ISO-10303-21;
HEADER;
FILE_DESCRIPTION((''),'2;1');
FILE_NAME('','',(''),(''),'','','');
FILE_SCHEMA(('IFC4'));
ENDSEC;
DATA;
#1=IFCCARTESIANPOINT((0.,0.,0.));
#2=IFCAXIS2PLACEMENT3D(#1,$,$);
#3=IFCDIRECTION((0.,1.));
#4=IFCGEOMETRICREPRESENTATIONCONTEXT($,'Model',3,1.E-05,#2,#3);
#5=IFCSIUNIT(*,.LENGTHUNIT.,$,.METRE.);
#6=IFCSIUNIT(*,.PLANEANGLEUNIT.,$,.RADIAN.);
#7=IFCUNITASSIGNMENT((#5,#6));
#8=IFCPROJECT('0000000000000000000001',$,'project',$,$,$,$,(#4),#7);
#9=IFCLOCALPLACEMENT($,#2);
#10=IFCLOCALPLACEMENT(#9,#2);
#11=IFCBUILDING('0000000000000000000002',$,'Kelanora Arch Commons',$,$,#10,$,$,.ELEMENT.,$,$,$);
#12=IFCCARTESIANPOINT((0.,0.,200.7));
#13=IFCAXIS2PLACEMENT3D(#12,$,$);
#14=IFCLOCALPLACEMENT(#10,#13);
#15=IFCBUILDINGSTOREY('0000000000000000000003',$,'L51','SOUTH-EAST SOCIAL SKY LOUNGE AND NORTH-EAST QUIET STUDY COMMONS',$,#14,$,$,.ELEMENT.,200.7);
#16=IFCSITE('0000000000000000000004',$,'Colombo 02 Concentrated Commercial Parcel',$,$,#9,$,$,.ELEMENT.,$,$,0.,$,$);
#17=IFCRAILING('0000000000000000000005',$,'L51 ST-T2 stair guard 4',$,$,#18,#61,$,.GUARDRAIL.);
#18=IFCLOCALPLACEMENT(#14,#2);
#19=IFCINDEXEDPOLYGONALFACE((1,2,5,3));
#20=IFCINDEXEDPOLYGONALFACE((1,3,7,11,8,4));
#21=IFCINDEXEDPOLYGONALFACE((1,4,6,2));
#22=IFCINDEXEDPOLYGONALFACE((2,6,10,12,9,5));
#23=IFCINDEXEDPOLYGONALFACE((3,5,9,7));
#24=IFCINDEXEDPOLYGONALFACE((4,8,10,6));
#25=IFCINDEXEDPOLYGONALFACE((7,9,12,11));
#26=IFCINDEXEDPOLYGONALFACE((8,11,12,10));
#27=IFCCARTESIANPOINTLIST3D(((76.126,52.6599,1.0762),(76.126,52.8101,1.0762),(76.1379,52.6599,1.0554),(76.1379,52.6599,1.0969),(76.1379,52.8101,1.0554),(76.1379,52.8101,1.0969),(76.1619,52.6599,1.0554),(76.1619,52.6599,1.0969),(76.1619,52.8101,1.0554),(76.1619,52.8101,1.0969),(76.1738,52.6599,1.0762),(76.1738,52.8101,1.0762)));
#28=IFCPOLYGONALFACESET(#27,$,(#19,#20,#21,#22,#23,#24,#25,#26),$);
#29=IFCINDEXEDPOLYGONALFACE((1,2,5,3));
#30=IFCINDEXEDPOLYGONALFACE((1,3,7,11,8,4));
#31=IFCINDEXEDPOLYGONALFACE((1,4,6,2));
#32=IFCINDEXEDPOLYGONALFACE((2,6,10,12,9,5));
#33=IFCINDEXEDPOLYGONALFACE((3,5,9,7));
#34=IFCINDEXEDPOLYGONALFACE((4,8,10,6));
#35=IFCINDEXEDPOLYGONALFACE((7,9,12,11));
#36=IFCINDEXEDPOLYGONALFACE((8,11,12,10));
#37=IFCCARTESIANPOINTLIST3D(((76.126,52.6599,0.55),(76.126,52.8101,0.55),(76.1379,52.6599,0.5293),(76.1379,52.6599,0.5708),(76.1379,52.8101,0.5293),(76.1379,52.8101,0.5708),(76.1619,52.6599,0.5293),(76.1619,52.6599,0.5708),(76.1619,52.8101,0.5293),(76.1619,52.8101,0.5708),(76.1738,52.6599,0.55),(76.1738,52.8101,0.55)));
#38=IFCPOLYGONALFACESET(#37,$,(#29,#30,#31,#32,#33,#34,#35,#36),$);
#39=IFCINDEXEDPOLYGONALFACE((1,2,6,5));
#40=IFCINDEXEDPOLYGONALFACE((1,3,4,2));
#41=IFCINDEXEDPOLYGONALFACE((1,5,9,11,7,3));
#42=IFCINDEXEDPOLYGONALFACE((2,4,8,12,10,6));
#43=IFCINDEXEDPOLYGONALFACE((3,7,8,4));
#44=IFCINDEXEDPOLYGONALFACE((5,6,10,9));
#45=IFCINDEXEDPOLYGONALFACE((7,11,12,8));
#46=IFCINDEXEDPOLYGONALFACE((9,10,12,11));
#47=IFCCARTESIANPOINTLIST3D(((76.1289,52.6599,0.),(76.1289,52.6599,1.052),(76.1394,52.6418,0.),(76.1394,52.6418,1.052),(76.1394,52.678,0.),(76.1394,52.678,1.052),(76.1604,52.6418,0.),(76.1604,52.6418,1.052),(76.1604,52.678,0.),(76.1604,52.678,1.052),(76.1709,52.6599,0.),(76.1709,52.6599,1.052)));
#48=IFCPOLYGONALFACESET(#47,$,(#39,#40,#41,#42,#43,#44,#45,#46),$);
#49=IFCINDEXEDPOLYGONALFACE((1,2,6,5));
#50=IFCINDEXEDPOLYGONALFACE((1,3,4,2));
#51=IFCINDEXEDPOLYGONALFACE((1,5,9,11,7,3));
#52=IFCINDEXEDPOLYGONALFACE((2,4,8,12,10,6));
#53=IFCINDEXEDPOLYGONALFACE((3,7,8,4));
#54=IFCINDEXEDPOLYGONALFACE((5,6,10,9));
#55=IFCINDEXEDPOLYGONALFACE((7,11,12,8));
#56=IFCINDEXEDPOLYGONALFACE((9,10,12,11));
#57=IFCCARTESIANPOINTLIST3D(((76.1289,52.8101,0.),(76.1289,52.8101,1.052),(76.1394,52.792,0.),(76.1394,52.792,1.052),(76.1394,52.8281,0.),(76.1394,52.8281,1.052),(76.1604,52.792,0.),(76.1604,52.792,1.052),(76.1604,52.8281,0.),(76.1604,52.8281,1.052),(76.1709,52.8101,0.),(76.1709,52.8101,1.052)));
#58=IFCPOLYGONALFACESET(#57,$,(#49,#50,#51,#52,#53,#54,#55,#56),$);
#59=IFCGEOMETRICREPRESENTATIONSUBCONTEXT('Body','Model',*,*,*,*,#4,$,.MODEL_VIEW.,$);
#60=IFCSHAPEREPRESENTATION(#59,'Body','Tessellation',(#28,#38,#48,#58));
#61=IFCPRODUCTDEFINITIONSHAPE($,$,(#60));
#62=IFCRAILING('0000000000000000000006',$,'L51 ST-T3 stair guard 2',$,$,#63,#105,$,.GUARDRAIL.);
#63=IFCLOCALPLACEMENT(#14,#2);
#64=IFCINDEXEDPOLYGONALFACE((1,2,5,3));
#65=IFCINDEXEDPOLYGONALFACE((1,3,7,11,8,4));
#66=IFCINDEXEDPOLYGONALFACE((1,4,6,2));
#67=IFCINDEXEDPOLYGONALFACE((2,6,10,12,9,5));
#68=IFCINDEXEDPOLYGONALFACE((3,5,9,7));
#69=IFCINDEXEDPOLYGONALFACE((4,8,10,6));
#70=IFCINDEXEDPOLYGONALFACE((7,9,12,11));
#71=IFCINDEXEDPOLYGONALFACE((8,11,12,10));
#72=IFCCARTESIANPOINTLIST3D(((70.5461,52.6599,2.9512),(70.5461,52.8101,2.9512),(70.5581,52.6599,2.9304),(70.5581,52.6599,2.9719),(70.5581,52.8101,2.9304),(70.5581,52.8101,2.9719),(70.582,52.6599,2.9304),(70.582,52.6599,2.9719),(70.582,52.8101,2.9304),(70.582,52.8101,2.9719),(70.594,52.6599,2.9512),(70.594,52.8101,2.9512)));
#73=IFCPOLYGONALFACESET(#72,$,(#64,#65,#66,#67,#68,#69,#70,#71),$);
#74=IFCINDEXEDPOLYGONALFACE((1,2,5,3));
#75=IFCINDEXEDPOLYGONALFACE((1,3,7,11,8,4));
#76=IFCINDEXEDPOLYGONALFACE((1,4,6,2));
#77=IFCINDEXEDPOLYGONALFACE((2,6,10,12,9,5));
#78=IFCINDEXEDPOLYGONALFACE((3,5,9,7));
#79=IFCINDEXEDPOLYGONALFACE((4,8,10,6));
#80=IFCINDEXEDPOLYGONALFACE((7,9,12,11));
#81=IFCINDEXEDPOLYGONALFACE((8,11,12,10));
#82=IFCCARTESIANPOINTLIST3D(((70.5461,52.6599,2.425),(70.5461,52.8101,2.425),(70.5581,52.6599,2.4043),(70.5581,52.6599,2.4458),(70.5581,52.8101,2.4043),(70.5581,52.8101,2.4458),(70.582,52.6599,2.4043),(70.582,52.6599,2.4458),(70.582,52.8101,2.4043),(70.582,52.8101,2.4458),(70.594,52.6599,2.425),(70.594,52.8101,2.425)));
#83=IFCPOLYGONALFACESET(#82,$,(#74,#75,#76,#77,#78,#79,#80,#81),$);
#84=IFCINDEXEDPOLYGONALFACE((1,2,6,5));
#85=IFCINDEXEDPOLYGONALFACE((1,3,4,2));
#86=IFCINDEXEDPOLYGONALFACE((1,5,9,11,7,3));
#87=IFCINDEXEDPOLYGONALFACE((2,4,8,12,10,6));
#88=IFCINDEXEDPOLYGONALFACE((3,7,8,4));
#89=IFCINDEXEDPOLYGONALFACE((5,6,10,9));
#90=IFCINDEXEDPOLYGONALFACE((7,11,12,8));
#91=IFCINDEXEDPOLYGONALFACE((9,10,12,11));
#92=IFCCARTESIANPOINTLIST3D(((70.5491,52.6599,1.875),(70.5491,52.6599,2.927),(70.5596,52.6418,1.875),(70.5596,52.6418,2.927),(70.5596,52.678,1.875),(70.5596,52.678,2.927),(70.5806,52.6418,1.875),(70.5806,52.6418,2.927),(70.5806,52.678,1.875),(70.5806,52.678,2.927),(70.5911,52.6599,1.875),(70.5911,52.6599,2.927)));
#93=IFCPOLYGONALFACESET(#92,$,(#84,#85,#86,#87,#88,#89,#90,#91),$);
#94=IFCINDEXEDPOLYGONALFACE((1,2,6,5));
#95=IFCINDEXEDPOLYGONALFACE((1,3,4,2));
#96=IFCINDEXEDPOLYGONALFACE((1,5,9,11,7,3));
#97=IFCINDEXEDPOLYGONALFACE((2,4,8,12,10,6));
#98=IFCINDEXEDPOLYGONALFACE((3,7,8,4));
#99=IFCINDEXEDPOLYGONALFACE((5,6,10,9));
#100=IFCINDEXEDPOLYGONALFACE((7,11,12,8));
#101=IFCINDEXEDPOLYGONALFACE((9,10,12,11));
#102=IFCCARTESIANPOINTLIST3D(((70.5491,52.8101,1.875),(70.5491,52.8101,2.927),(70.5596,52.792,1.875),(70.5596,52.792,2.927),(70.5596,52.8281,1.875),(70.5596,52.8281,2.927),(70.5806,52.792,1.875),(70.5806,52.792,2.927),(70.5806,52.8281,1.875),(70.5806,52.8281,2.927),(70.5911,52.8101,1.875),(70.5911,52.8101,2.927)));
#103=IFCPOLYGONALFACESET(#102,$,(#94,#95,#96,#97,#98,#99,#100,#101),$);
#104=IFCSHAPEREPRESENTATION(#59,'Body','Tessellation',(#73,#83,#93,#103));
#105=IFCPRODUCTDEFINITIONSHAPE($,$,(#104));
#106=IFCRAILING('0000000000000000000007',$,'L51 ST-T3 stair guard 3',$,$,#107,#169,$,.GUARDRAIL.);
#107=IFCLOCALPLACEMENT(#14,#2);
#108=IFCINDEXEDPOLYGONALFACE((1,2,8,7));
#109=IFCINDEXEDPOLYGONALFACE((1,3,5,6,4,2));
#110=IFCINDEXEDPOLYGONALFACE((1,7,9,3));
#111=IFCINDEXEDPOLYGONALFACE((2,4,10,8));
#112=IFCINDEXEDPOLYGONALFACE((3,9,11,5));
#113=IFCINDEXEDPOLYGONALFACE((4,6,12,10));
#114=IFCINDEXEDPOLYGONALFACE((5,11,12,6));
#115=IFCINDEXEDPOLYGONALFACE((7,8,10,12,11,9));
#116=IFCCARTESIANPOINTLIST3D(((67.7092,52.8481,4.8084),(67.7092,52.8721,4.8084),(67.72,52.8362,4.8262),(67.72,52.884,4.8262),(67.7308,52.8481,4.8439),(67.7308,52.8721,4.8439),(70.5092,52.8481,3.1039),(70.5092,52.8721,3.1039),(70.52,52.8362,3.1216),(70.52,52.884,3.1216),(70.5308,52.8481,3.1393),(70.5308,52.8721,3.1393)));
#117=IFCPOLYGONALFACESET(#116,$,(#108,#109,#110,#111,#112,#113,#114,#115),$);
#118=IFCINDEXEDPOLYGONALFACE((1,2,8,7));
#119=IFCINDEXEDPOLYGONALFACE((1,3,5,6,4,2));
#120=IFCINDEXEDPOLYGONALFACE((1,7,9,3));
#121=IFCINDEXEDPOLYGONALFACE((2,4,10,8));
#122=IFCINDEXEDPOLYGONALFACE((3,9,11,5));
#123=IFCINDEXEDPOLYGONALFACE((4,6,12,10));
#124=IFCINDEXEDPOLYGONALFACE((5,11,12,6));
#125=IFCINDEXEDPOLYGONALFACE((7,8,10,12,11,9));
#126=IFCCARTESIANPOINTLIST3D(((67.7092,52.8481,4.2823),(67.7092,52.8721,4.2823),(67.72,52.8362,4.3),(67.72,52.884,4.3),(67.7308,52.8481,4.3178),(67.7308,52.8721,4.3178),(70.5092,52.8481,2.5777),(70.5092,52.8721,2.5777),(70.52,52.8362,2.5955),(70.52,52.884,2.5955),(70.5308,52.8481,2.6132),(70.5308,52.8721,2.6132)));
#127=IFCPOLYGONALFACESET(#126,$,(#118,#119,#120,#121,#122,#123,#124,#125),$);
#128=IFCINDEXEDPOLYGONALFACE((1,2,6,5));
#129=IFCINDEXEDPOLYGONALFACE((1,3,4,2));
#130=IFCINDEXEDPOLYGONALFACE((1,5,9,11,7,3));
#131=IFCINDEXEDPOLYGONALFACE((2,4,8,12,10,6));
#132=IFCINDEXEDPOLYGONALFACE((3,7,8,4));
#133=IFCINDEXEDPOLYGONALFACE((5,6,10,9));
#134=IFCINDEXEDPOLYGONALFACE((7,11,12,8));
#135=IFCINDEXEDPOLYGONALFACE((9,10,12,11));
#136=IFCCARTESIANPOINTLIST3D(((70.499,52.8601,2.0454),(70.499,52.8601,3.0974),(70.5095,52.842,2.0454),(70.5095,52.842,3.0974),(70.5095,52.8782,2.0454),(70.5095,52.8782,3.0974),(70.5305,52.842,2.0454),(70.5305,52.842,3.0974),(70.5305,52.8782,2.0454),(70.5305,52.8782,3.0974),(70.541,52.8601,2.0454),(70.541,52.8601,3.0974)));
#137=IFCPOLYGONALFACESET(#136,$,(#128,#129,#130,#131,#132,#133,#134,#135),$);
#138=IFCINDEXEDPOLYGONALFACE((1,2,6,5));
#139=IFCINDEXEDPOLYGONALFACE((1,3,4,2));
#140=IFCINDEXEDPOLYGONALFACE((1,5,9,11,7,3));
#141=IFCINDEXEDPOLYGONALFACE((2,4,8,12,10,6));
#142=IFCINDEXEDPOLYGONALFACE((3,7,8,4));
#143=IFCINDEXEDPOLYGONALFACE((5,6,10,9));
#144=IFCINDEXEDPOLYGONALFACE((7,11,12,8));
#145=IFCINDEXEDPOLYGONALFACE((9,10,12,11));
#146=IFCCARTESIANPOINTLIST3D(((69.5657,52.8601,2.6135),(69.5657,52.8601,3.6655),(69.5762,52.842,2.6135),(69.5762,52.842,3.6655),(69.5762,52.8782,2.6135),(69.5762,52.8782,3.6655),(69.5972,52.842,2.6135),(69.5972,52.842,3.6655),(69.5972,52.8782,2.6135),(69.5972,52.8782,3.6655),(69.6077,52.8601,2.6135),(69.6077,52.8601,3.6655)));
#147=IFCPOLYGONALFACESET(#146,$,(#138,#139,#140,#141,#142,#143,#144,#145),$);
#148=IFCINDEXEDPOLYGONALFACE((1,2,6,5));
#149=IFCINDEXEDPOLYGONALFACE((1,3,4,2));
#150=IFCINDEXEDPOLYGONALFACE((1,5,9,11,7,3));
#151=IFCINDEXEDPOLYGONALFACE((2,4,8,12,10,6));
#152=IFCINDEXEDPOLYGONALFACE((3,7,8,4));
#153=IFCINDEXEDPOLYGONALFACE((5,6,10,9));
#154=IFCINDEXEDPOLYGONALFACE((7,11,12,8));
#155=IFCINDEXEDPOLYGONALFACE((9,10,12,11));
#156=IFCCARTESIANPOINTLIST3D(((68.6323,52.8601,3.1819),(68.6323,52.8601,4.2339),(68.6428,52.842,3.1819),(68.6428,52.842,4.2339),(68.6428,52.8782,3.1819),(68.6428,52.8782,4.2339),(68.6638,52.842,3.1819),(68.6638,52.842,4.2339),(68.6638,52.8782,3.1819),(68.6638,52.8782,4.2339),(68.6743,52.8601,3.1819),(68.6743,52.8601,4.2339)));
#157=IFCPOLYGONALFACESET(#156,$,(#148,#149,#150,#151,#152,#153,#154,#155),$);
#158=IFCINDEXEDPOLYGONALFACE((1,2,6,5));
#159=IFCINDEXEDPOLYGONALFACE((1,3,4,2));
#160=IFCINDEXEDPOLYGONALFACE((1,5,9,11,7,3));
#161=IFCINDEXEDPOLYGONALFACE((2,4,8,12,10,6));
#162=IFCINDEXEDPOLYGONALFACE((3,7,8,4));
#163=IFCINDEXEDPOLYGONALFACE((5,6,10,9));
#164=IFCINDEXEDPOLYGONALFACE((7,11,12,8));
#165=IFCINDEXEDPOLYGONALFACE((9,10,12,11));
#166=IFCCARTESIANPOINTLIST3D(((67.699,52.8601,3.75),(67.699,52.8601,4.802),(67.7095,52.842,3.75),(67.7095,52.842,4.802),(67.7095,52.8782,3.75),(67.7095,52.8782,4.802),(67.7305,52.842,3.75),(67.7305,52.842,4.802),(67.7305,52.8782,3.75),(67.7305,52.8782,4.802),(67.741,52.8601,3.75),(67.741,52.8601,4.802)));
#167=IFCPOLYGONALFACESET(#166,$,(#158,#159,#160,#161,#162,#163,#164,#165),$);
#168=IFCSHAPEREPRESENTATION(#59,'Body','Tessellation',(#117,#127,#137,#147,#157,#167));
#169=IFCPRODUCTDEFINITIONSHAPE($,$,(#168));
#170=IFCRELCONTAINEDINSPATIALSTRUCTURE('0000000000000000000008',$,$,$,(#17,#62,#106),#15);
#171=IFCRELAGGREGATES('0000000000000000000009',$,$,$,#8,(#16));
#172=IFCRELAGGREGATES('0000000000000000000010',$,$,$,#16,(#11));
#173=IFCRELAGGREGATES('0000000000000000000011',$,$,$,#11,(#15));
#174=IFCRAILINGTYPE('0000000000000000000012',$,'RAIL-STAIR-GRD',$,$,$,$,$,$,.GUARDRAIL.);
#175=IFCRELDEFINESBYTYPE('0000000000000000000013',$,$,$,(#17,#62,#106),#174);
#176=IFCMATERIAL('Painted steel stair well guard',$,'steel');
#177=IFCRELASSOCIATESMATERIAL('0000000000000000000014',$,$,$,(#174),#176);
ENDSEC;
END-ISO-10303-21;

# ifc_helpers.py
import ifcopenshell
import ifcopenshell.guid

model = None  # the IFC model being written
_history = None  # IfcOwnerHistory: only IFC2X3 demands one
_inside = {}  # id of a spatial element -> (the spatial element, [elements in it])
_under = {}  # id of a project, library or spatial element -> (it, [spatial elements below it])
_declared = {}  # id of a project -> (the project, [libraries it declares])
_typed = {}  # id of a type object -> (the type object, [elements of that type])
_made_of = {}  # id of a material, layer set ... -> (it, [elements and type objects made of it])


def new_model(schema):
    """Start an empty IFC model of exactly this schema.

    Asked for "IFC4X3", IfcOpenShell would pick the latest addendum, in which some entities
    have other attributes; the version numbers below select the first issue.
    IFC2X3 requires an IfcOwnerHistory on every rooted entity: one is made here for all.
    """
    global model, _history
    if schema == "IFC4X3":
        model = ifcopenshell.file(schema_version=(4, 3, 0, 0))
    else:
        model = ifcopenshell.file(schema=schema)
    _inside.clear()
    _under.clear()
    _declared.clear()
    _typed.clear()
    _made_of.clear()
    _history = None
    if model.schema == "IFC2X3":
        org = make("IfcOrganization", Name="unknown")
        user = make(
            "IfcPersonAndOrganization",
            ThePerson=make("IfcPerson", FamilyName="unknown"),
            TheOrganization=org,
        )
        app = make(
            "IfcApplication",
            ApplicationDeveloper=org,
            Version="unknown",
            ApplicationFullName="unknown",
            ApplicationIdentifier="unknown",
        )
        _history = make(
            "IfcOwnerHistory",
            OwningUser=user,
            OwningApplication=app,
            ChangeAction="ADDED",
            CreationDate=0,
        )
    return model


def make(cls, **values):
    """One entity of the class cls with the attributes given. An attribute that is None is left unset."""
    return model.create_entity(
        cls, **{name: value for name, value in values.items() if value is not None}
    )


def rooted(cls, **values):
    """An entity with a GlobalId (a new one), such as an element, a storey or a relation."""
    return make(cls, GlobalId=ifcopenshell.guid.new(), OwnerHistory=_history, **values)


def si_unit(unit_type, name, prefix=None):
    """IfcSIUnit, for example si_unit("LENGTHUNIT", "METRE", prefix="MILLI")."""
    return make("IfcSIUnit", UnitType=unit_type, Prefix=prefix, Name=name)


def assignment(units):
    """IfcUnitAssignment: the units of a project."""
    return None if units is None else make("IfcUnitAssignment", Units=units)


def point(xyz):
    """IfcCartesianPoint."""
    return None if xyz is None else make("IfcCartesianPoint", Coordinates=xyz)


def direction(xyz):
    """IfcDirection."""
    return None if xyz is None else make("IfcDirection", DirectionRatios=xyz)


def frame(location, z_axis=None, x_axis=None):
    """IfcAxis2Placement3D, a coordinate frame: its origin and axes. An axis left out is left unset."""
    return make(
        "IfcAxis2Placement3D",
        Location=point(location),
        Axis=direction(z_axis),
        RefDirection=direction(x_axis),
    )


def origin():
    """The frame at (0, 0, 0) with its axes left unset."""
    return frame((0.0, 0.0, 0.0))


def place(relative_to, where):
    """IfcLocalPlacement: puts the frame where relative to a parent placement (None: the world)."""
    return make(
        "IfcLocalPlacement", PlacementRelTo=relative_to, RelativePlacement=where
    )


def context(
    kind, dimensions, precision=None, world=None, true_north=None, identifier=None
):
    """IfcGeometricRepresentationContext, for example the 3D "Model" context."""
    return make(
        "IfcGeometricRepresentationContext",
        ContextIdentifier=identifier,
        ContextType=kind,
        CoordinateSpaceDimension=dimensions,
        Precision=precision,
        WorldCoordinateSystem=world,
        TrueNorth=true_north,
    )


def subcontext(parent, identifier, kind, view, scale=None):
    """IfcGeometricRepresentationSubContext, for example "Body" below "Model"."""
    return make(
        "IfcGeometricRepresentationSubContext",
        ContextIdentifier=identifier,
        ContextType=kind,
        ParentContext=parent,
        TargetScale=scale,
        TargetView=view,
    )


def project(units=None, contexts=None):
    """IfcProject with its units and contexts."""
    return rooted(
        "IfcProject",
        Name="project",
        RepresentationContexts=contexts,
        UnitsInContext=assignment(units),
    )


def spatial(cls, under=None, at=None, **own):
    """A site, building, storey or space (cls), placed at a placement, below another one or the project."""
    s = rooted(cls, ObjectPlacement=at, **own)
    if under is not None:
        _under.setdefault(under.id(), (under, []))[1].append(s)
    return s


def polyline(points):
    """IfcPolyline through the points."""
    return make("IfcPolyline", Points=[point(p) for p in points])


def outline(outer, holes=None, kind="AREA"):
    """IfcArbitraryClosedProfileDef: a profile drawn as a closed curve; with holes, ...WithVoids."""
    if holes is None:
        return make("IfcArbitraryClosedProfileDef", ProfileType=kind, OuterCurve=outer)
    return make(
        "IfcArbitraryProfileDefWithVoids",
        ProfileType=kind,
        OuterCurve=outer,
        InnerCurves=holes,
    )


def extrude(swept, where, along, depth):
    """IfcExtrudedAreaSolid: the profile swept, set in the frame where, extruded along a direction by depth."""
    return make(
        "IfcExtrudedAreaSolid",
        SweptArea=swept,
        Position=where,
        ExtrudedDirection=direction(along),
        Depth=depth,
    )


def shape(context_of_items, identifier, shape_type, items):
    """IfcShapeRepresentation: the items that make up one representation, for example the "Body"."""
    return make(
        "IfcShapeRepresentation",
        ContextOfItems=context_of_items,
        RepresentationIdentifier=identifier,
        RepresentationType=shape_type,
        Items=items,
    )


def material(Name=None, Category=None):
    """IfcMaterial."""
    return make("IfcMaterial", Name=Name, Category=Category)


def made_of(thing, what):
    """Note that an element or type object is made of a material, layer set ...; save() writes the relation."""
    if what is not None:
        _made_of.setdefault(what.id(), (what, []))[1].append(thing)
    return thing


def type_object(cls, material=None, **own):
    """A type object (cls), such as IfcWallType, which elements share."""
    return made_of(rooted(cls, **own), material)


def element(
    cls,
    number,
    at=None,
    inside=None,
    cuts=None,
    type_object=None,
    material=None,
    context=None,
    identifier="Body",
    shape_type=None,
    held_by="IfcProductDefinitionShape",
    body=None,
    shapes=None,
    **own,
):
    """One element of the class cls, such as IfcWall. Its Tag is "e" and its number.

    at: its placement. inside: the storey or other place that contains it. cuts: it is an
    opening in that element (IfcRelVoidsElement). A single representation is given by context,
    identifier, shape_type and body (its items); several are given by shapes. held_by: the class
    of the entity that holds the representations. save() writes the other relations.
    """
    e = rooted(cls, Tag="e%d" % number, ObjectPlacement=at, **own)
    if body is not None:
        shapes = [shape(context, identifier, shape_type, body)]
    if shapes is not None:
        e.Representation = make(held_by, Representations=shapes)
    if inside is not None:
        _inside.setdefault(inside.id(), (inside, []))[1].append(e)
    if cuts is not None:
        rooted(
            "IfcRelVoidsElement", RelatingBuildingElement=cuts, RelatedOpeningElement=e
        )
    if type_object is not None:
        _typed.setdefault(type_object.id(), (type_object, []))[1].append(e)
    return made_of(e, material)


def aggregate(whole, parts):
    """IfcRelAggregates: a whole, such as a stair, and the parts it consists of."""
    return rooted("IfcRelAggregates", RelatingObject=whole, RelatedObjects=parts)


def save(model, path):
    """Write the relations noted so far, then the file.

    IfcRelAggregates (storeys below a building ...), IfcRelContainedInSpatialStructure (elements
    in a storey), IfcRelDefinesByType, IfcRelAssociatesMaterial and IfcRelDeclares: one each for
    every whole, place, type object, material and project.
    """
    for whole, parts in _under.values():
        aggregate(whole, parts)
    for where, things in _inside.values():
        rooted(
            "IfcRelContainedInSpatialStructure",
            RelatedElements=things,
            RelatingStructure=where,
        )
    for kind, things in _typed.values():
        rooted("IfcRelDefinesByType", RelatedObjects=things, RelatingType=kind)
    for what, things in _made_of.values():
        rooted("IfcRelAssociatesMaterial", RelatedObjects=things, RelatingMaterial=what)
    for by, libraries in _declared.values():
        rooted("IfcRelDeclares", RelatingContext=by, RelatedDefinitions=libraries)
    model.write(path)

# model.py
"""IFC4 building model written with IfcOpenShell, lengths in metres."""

from ifc_helpers import new_model, si_unit, direction, frame, origin, place, context, subcontext, project, spatial, polyline, outline, extrude, material, type_object, element, save


model = new_model("IFC4")

# Units and contexts
model_context = context("Model", 3, precision=1e-05, world=origin(), true_north=direction((0.0, 1.0)))
body_context = subcontext(model_context, "Body", "Model", "MODEL_VIEW")
ifc_project = project(units=[si_unit("LENGTHUNIT", "METRE"), si_unit("PLANEANGLEUNIT", "RADIAN")], contexts=[model_context])

# Site, building, storey
site_placement = place(None, origin())
site = spatial("IfcSite", under=ifc_project, at=site_placement, Name="Colombo 02 Concentrated Commercial Parcel", CompositionType="ELEMENT", RefElevation=0.0)
building_placement = place(site_placement, origin())
building = spatial("IfcBuilding", under=site, at=building_placement, Name="Kelanora Arch Commons", CompositionType="ELEMENT")
storey_placement = place(building_placement, frame((0.0, 0.0, 200.7)))
storey = spatial("IfcBuildingStorey", under=building, at=storey_placement, Name="L51", Description="SOUTH-EAST SOCIAL SKY LOUNGE AND NORTH-EAST QUIET STUDY COMMONS", CompositionType="ELEMENT", Elevation=200.7)

# Railings
ifc_material_1 = material(Name="Painted steel stair well guard", Category="steel")
railing_type_1 = type_object("IfcRailingType", Name="RAIL-STAIR-GRD", PredefinedType="GUARDRAIL", material=ifc_material_1)
for number, where, name in (
    (1, (76.1499, 52.6599, 0.0), "L51 ST-T2 stair guard 4"),
    (2, (70.5701, 52.6599, 1.875), "L51 ST-T3 stair guard 2"),
):
    element("IfcRailing", number, at=place(storey_placement, frame(where)), inside=storey, type_object=railing_type_1, Name=name, PredefinedType="GUARDRAIL", context=body_context, shape_type="SweptSolid", body=[
        extrude(outline(polyline([(0.0239, 0.0), (0.012, 0.0208), (-0.012, 0.0208), (-0.0239, 0.0), (-0.012, -0.0208), (0.012, -0.0208), (0.0239, 0.0)])), frame((0.0, 0.0, 1.0762), z_axis=(0.0, 1.0, 0.0), x_axis=(-1.0, 0.0, 0.0)), (0.0, 0.0, 1.0), 0.1501),
        extrude(outline(polyline([(0.0239, 0.0), (0.012, 0.0208), (-0.012, 0.0208), (-0.0239, 0.0), (-0.012, -0.0208), (0.012, -0.0208), (0.0239, 0.0)])), frame((0.0, 0.0, 0.55), z_axis=(0.0, 1.0, 0.0), x_axis=(-1.0, 0.0, 0.0)), (0.0, 0.0, 1.0), 0.1501),
        extrude(outline(polyline([(0.021, 0.0), (0.0105, 0.0181), (-0.0105, 0.0181), (-0.021, 0.0), (-0.0105, -0.0181), (0.0105, -0.0181), (0.021, 0.0)])), origin(), (0.0, 0.0, 1.0), 1.052),
        extrude(outline(polyline([(0.021, 0.0), (0.0105, 0.0181), (-0.0105, 0.0181), (-0.021, 0.0), (-0.0105, -0.0181), (0.0105, -0.0181), (0.021, 0.0)])), frame((0.0, 0.1501, 0.0)), (0.0, 0.0, 1.0), 1.052),
    ])
railing_1_placement = place(storey_placement, frame((70.52, 52.8601, 2.0454)))
element("IfcRailing", 3, at=railing_1_placement, inside=storey, type_object=railing_type_1, Name="L51 ST-T3 stair guard 3", PredefinedType="GUARDRAIL", context=body_context, shape_type="SweptSolid", body=[
    extrude(outline(polyline([(0.0239, 0.0), (0.012, 0.0208), (-0.012, 0.0208), (-0.0239, 0.0), (-0.012, -0.0208), (0.012, -0.0208), (0.0239, 0.0)])), frame((0.0, 0.0, 1.0762), z_axis=(-0.85417, 0.0, 0.519994), x_axis=(0.0, -1.0, 0.0)), (0.0, 0.0, 1.0), 3.2781),
    extrude(outline(polyline([(0.0239, 0.0), (0.012, 0.0208), (-0.012, 0.0208), (-0.0239, 0.0), (-0.012, -0.0208), (0.012, -0.0208), (0.0239, 0.0)])), frame((0.0, 0.0, 0.55), z_axis=(-0.85417, 0.0, 0.519994), x_axis=(0.0, -1.0, 0.0)), (0.0, 0.0, 1.0), 3.2781),
    extrude(outline(polyline([(0.021, 0.0), (0.0105, 0.0181), (-0.0105, 0.0181), (-0.021, 0.0), (-0.0105, -0.0181), (0.0105, -0.0181), (0.021, 0.0)])), origin(), (0.0, 0.0, 1.0), 1.052),
    extrude(outline(polyline([(0.021, 0.0), (0.0105, 0.0181), (-0.0105, 0.0181), (-0.021, 0.0), (-0.0105, -0.0181), (0.0105, -0.0181), (0.021, 0.0)])), frame((-0.9333, 0.0, 0.5681)), (0.0, 0.0, 1.0), 1.052),
    extrude(outline(polyline([(0.021, 0.0), (0.0105, 0.0181), (-0.0105, 0.0181), (-0.021, 0.0), (-0.0105, -0.0181), (0.0105, -0.0181), (0.021, 0.0)])), frame((-1.8667, 0.0, 1.1365)), (0.0, 0.0, 1.0), 1.052),
    extrude(outline(polyline([(0.021, 0.0), (0.0105, 0.0181), (-0.0105, 0.0181), (-0.021, 0.0), (-0.0105, -0.0181), (0.0105, -0.0181), (0.021, 0.0)])), frame((-2.8, 0.0, 1.7046)), (0.0, 0.0, 1.0), 1.052),
])

save(model, "model.ifc")
